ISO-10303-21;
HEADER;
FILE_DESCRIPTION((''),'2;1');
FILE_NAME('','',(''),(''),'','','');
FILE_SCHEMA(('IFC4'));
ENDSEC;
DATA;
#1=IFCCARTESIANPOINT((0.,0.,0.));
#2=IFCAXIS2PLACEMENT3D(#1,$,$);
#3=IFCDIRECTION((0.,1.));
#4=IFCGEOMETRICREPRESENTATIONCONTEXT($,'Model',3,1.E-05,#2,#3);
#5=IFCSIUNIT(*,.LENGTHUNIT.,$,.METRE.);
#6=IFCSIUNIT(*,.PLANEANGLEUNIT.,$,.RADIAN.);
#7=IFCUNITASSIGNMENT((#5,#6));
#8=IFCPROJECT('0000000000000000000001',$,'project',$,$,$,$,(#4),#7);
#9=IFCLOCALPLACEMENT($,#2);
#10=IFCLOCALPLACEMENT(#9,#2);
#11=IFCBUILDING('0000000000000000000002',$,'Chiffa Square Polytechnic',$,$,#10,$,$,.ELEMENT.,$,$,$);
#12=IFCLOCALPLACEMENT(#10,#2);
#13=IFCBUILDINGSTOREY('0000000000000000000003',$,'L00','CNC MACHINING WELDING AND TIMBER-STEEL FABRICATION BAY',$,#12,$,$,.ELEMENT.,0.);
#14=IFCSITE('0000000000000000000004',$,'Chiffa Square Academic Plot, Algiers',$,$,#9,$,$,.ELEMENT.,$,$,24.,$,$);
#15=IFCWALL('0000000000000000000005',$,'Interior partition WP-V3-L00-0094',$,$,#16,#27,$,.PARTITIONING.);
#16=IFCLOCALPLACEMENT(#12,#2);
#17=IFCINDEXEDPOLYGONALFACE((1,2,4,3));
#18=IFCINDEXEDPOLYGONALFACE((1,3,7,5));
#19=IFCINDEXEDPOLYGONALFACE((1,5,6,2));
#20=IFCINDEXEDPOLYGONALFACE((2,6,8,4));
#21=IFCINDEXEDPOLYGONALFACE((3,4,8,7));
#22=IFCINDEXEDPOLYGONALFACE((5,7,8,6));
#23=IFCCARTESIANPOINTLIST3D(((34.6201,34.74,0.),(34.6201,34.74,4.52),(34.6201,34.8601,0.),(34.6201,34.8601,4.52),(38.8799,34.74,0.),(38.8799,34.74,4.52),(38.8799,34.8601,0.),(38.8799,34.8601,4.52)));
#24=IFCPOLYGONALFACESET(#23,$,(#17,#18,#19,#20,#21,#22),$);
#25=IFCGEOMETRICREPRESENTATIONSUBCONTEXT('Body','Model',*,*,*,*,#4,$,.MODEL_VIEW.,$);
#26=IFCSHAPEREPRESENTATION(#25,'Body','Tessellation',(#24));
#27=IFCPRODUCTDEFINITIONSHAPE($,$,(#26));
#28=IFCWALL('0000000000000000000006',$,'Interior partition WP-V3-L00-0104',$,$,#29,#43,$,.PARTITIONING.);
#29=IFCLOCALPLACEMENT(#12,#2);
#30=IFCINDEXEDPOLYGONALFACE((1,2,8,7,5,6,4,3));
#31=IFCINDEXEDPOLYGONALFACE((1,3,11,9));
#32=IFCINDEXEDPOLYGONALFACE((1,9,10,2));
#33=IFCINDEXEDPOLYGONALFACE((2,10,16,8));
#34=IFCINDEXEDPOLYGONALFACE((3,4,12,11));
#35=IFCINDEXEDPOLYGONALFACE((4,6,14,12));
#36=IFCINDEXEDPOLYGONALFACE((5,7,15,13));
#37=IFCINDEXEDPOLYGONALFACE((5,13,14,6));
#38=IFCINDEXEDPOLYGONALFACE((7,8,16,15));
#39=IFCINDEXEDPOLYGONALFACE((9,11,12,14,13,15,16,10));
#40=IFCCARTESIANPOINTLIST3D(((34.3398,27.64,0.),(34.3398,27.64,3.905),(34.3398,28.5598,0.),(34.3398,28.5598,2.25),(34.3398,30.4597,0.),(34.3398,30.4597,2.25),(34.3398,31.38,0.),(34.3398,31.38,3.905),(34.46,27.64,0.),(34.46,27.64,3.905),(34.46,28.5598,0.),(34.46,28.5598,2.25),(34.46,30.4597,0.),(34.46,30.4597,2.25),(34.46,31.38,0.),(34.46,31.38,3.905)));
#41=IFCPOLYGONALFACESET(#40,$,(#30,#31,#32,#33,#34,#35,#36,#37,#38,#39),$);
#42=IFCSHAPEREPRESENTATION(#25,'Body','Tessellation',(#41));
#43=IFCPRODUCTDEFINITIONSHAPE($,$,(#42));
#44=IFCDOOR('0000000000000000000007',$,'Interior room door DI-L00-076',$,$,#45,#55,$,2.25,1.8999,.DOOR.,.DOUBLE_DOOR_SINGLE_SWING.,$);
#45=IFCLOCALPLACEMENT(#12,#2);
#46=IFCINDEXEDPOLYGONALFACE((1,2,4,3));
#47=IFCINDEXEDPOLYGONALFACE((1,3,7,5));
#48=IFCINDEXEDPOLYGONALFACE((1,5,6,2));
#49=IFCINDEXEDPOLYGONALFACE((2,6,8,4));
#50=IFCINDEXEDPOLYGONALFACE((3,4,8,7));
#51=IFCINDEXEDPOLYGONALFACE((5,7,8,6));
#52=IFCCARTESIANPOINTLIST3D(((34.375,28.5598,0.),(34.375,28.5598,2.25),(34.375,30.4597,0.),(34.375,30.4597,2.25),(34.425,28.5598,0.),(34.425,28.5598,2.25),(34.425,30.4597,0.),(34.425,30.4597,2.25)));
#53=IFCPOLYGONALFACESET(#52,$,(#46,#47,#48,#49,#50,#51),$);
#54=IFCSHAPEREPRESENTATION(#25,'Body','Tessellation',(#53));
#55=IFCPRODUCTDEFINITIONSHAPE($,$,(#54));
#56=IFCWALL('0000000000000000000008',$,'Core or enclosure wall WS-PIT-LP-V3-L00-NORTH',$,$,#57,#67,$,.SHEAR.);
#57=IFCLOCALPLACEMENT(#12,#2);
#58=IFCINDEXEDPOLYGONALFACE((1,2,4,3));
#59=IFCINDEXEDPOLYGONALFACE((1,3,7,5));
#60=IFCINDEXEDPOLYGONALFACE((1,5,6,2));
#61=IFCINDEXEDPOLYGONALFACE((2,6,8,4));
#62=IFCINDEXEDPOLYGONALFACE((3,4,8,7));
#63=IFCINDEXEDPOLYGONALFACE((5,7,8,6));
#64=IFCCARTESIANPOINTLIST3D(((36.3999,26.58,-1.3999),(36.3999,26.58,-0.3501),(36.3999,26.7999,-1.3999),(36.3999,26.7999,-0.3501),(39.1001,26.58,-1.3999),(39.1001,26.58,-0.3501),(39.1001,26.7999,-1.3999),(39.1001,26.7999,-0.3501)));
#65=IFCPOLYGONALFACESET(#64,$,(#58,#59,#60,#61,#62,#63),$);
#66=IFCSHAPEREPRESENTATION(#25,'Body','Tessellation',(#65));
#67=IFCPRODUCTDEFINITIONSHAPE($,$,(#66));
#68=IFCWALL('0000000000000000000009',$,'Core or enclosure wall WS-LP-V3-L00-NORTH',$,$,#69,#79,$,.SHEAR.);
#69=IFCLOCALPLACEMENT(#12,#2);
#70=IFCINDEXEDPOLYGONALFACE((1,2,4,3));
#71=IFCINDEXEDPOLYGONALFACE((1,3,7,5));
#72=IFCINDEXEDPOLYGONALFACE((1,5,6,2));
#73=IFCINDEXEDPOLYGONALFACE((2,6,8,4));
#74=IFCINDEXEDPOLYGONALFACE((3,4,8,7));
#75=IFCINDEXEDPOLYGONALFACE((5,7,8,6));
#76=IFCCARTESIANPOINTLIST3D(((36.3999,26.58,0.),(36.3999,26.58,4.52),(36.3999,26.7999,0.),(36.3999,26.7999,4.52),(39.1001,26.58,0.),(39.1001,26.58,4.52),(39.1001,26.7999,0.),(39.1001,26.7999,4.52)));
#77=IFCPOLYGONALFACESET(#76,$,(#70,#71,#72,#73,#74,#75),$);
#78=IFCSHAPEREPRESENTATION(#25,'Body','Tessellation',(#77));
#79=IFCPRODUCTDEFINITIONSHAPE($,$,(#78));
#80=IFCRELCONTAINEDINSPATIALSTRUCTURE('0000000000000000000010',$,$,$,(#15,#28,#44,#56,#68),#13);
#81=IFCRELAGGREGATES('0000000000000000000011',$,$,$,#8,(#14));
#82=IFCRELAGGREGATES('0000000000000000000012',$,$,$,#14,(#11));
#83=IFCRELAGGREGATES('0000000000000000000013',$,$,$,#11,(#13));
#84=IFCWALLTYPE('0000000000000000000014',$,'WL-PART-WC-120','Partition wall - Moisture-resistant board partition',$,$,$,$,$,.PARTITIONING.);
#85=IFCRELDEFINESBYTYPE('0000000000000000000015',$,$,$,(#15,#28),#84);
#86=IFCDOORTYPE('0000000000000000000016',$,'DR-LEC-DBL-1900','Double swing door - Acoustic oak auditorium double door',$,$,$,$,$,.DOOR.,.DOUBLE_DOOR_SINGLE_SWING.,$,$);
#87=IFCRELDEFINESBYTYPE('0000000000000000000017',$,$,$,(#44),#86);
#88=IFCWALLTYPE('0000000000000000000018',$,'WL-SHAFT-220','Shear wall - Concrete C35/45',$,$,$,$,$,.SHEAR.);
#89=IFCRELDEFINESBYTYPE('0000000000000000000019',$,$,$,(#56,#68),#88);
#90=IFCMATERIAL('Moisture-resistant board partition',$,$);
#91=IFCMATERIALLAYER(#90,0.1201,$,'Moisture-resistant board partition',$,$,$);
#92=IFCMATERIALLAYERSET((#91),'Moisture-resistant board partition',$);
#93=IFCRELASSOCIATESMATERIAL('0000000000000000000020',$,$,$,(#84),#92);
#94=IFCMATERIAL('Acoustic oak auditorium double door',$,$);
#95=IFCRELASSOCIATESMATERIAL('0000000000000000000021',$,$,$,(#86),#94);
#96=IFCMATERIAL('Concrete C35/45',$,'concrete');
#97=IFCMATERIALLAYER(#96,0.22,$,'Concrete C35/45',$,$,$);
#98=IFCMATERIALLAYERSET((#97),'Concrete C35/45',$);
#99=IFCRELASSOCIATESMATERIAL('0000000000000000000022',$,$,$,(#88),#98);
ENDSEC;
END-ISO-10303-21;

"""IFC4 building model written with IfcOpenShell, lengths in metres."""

from ifc_helpers import new_model, si_unit, direction, frame, frame_2d, origin, place, context, subcontext, project, spatial, rectangle, extrude, material, layer, layer_set, type_object, element, fill, save


model = new_model("IFC4")

# Units and contexts
model_context = context("Model", 3, precision=1e-05, world=origin(), true_north=direction((0.0, 1.0)))
body_context = subcontext(model_context, "Body", "Model", "MODEL_VIEW")
ifc_project = project(units=[si_unit("LENGTHUNIT", "METRE"), si_unit("PLANEANGLEUNIT", "RADIAN")], contexts=[model_context])

# Site, building, storey
site_placement = place(None, origin())
site = spatial("IfcSite", under=ifc_project, at=site_placement, Name="Chiffa Square Academic Plot, Algiers", CompositionType="ELEMENT", RefElevation=24.0)
building_placement = place(site_placement, origin())
building = spatial("IfcBuilding", under=site, at=building_placement, Name="Chiffa Square Polytechnic", CompositionType="ELEMENT")
storey_placement = place(building_placement, origin())
storey = spatial("IfcBuildingStorey", under=building, at=storey_placement, Name="L00", Description="CNC MACHINING WELDING AND TIMBER-STEEL FABRICATION BAY", CompositionType="ELEMENT", Elevation=0.0)

# Shared definitions
ifc_material_1 = material(Name="Concrete C35/45", Category="concrete")

# Shared definitions
ifc_material_2 = material(Name="Moisture-resistant board partition")
ifc_layer_1 = layer(ifc_material_2, 0.1201, Name="Moisture-resistant board partition")
ifc_layer_set_1 = layer_set([ifc_layer_1], Name="Moisture-resistant board partition")
wall_type_1 = type_object("IfcWallType", Name="WL-PART-WC-120", Description="Partition wall - Moisture-resistant board partition", PredefinedType="PARTITIONING", material=ifc_layer_set_1)
ifc_material_3 = material(Name="Acoustic oak auditorium double door")
door_type = type_object("IfcDoorType", Name="DR-LEC-DBL-1900", Description="Double swing door - Acoustic oak auditorium double door", OperationType="DOUBLE_DOOR_SINGLE_SWING", PredefinedType="DOOR", material=ifc_material_3)

# Wall
wall_1_placement = place(storey_placement, frame((34.6201, 34.8, 0.0), z_axis=(0.0, 0.0, 1.0), x_axis=(1.0, 0.0, 0.0)))
element("IfcWall", 1, at=wall_1_placement, inside=storey, type_object=wall_type_1, Name="Interior partition WP-V3-L00-0094", PredefinedType="PARTITIONING", context=body_context, shape_type="SweptSolid", body=[
    extrude(rectangle(XDim=4.2598, YDim=0.1201, at=frame_2d((2.1299, 0.0))), origin(), (0.0, 0.0, 1.0), 4.52),
])

# Wall, opening, door
wall_2_placement = place(storey_placement, frame((34.3999, 27.6399, 0.0), z_axis=(0.0, 0.0, 1.0), x_axis=(0.0, 1.0, 0.0)))
wall_2 = element("IfcWall", 2, at=wall_2_placement, inside=storey, type_object=wall_type_1, Name="Interior partition WP-V3-L00-0104", PredefinedType="PARTITIONING", context=body_context, shape_type="SweptSolid", body=[
    extrude(rectangle(XDim=3.74, YDim=0.1201, at=frame_2d((1.8701, 0.0))), origin(), (0.0, 0.0, 1.0), 3.905),
])
opening_1_placement = place(wall_2_placement, frame((0.9199, 0.0, 0.0)))
opening_1 = element("IfcOpeningElement", 3, at=opening_1_placement, cuts=wall_2, PredefinedType="OPENING", context=body_context, shape_type="SweptSolid", body=[
    extrude(rectangle(XDim=1.8999, YDim=2.25, at=frame_2d((0.95, 1.125))), frame((0.0, 0.0701, 0.0), z_axis=(0.0, -1.0, 0.0), x_axis=(1.0, 0.0, 0.0)), (0.0, 0.0, 1.0), 0.1401),
])
door_1_placement = place(opening_1_placement, origin())
door_1 = element("IfcDoor", 4, at=door_1_placement, inside=storey, type_object=door_type, Name="Interior room door DI-L00-076", OperationType="DOUBLE_DOOR_SINGLE_SWING", OverallHeight=2.25, OverallWidth=1.8999, PredefinedType="DOOR", context=body_context, shape_type="SweptSolid", body=[
    extrude(rectangle(XDim=1.8999, YDim=2.25, at=frame_2d((0.95, 1.125))), frame((0.0, 0.0249, 0.0), z_axis=(0.0, -1.0, 0.0), x_axis=(1.0, 0.0, 0.0)), (0.0, 0.0, 1.0), 0.05),
])
fill(opening_1, door_1)

# Walls
ifc_layer_2 = layer(ifc_material_1, 0.22, Name="Concrete C35/45")
ifc_layer_set_2 = layer_set([ifc_layer_2], Name="Concrete C35/45")
wall_type_2 = type_object("IfcWallType", Name="WL-SHAFT-220", Description="Shear wall - Concrete C35/45", PredefinedType="SHEAR", material=ifc_layer_set_2)
wall_3_placement = place(storey_placement, frame((36.3999, 26.6899, -1.3999), z_axis=(0.0, 0.0, 1.0), x_axis=(1.0, 0.0, 0.0)))
element("IfcWall", 5, at=wall_3_placement, inside=storey, type_object=wall_type_2, Name="Core or enclosure wall WS-PIT-LP-V3-L00-NORTH", PredefinedType="SHEAR", context=body_context, shape_type="SweptSolid", body=[
    extrude(rectangle(XDim=2.7002, YDim=0.22, at=frame_2d((1.3501, 0.0))), origin(), (0.0, 0.0, 1.0), 1.0498),
])
wall_4_placement = place(storey_placement, frame((36.3999, 26.6899, 0.0), z_axis=(0.0, 0.0, 1.0), x_axis=(1.0, 0.0, 0.0)))
element("IfcWall", 6, at=wall_4_placement, inside=storey, type_object=wall_type_2, Name="Core or enclosure wall WS-LP-V3-L00-NORTH", PredefinedType="SHEAR", context=body_context, shape_type="SweptSolid", body=[
    extrude(rectangle(XDim=2.7002, YDim=0.22, at=frame_2d((1.3501, 0.0))), origin(), (0.0, 0.0, 1.0), 4.52),
])

save(model, "model.ifc")
